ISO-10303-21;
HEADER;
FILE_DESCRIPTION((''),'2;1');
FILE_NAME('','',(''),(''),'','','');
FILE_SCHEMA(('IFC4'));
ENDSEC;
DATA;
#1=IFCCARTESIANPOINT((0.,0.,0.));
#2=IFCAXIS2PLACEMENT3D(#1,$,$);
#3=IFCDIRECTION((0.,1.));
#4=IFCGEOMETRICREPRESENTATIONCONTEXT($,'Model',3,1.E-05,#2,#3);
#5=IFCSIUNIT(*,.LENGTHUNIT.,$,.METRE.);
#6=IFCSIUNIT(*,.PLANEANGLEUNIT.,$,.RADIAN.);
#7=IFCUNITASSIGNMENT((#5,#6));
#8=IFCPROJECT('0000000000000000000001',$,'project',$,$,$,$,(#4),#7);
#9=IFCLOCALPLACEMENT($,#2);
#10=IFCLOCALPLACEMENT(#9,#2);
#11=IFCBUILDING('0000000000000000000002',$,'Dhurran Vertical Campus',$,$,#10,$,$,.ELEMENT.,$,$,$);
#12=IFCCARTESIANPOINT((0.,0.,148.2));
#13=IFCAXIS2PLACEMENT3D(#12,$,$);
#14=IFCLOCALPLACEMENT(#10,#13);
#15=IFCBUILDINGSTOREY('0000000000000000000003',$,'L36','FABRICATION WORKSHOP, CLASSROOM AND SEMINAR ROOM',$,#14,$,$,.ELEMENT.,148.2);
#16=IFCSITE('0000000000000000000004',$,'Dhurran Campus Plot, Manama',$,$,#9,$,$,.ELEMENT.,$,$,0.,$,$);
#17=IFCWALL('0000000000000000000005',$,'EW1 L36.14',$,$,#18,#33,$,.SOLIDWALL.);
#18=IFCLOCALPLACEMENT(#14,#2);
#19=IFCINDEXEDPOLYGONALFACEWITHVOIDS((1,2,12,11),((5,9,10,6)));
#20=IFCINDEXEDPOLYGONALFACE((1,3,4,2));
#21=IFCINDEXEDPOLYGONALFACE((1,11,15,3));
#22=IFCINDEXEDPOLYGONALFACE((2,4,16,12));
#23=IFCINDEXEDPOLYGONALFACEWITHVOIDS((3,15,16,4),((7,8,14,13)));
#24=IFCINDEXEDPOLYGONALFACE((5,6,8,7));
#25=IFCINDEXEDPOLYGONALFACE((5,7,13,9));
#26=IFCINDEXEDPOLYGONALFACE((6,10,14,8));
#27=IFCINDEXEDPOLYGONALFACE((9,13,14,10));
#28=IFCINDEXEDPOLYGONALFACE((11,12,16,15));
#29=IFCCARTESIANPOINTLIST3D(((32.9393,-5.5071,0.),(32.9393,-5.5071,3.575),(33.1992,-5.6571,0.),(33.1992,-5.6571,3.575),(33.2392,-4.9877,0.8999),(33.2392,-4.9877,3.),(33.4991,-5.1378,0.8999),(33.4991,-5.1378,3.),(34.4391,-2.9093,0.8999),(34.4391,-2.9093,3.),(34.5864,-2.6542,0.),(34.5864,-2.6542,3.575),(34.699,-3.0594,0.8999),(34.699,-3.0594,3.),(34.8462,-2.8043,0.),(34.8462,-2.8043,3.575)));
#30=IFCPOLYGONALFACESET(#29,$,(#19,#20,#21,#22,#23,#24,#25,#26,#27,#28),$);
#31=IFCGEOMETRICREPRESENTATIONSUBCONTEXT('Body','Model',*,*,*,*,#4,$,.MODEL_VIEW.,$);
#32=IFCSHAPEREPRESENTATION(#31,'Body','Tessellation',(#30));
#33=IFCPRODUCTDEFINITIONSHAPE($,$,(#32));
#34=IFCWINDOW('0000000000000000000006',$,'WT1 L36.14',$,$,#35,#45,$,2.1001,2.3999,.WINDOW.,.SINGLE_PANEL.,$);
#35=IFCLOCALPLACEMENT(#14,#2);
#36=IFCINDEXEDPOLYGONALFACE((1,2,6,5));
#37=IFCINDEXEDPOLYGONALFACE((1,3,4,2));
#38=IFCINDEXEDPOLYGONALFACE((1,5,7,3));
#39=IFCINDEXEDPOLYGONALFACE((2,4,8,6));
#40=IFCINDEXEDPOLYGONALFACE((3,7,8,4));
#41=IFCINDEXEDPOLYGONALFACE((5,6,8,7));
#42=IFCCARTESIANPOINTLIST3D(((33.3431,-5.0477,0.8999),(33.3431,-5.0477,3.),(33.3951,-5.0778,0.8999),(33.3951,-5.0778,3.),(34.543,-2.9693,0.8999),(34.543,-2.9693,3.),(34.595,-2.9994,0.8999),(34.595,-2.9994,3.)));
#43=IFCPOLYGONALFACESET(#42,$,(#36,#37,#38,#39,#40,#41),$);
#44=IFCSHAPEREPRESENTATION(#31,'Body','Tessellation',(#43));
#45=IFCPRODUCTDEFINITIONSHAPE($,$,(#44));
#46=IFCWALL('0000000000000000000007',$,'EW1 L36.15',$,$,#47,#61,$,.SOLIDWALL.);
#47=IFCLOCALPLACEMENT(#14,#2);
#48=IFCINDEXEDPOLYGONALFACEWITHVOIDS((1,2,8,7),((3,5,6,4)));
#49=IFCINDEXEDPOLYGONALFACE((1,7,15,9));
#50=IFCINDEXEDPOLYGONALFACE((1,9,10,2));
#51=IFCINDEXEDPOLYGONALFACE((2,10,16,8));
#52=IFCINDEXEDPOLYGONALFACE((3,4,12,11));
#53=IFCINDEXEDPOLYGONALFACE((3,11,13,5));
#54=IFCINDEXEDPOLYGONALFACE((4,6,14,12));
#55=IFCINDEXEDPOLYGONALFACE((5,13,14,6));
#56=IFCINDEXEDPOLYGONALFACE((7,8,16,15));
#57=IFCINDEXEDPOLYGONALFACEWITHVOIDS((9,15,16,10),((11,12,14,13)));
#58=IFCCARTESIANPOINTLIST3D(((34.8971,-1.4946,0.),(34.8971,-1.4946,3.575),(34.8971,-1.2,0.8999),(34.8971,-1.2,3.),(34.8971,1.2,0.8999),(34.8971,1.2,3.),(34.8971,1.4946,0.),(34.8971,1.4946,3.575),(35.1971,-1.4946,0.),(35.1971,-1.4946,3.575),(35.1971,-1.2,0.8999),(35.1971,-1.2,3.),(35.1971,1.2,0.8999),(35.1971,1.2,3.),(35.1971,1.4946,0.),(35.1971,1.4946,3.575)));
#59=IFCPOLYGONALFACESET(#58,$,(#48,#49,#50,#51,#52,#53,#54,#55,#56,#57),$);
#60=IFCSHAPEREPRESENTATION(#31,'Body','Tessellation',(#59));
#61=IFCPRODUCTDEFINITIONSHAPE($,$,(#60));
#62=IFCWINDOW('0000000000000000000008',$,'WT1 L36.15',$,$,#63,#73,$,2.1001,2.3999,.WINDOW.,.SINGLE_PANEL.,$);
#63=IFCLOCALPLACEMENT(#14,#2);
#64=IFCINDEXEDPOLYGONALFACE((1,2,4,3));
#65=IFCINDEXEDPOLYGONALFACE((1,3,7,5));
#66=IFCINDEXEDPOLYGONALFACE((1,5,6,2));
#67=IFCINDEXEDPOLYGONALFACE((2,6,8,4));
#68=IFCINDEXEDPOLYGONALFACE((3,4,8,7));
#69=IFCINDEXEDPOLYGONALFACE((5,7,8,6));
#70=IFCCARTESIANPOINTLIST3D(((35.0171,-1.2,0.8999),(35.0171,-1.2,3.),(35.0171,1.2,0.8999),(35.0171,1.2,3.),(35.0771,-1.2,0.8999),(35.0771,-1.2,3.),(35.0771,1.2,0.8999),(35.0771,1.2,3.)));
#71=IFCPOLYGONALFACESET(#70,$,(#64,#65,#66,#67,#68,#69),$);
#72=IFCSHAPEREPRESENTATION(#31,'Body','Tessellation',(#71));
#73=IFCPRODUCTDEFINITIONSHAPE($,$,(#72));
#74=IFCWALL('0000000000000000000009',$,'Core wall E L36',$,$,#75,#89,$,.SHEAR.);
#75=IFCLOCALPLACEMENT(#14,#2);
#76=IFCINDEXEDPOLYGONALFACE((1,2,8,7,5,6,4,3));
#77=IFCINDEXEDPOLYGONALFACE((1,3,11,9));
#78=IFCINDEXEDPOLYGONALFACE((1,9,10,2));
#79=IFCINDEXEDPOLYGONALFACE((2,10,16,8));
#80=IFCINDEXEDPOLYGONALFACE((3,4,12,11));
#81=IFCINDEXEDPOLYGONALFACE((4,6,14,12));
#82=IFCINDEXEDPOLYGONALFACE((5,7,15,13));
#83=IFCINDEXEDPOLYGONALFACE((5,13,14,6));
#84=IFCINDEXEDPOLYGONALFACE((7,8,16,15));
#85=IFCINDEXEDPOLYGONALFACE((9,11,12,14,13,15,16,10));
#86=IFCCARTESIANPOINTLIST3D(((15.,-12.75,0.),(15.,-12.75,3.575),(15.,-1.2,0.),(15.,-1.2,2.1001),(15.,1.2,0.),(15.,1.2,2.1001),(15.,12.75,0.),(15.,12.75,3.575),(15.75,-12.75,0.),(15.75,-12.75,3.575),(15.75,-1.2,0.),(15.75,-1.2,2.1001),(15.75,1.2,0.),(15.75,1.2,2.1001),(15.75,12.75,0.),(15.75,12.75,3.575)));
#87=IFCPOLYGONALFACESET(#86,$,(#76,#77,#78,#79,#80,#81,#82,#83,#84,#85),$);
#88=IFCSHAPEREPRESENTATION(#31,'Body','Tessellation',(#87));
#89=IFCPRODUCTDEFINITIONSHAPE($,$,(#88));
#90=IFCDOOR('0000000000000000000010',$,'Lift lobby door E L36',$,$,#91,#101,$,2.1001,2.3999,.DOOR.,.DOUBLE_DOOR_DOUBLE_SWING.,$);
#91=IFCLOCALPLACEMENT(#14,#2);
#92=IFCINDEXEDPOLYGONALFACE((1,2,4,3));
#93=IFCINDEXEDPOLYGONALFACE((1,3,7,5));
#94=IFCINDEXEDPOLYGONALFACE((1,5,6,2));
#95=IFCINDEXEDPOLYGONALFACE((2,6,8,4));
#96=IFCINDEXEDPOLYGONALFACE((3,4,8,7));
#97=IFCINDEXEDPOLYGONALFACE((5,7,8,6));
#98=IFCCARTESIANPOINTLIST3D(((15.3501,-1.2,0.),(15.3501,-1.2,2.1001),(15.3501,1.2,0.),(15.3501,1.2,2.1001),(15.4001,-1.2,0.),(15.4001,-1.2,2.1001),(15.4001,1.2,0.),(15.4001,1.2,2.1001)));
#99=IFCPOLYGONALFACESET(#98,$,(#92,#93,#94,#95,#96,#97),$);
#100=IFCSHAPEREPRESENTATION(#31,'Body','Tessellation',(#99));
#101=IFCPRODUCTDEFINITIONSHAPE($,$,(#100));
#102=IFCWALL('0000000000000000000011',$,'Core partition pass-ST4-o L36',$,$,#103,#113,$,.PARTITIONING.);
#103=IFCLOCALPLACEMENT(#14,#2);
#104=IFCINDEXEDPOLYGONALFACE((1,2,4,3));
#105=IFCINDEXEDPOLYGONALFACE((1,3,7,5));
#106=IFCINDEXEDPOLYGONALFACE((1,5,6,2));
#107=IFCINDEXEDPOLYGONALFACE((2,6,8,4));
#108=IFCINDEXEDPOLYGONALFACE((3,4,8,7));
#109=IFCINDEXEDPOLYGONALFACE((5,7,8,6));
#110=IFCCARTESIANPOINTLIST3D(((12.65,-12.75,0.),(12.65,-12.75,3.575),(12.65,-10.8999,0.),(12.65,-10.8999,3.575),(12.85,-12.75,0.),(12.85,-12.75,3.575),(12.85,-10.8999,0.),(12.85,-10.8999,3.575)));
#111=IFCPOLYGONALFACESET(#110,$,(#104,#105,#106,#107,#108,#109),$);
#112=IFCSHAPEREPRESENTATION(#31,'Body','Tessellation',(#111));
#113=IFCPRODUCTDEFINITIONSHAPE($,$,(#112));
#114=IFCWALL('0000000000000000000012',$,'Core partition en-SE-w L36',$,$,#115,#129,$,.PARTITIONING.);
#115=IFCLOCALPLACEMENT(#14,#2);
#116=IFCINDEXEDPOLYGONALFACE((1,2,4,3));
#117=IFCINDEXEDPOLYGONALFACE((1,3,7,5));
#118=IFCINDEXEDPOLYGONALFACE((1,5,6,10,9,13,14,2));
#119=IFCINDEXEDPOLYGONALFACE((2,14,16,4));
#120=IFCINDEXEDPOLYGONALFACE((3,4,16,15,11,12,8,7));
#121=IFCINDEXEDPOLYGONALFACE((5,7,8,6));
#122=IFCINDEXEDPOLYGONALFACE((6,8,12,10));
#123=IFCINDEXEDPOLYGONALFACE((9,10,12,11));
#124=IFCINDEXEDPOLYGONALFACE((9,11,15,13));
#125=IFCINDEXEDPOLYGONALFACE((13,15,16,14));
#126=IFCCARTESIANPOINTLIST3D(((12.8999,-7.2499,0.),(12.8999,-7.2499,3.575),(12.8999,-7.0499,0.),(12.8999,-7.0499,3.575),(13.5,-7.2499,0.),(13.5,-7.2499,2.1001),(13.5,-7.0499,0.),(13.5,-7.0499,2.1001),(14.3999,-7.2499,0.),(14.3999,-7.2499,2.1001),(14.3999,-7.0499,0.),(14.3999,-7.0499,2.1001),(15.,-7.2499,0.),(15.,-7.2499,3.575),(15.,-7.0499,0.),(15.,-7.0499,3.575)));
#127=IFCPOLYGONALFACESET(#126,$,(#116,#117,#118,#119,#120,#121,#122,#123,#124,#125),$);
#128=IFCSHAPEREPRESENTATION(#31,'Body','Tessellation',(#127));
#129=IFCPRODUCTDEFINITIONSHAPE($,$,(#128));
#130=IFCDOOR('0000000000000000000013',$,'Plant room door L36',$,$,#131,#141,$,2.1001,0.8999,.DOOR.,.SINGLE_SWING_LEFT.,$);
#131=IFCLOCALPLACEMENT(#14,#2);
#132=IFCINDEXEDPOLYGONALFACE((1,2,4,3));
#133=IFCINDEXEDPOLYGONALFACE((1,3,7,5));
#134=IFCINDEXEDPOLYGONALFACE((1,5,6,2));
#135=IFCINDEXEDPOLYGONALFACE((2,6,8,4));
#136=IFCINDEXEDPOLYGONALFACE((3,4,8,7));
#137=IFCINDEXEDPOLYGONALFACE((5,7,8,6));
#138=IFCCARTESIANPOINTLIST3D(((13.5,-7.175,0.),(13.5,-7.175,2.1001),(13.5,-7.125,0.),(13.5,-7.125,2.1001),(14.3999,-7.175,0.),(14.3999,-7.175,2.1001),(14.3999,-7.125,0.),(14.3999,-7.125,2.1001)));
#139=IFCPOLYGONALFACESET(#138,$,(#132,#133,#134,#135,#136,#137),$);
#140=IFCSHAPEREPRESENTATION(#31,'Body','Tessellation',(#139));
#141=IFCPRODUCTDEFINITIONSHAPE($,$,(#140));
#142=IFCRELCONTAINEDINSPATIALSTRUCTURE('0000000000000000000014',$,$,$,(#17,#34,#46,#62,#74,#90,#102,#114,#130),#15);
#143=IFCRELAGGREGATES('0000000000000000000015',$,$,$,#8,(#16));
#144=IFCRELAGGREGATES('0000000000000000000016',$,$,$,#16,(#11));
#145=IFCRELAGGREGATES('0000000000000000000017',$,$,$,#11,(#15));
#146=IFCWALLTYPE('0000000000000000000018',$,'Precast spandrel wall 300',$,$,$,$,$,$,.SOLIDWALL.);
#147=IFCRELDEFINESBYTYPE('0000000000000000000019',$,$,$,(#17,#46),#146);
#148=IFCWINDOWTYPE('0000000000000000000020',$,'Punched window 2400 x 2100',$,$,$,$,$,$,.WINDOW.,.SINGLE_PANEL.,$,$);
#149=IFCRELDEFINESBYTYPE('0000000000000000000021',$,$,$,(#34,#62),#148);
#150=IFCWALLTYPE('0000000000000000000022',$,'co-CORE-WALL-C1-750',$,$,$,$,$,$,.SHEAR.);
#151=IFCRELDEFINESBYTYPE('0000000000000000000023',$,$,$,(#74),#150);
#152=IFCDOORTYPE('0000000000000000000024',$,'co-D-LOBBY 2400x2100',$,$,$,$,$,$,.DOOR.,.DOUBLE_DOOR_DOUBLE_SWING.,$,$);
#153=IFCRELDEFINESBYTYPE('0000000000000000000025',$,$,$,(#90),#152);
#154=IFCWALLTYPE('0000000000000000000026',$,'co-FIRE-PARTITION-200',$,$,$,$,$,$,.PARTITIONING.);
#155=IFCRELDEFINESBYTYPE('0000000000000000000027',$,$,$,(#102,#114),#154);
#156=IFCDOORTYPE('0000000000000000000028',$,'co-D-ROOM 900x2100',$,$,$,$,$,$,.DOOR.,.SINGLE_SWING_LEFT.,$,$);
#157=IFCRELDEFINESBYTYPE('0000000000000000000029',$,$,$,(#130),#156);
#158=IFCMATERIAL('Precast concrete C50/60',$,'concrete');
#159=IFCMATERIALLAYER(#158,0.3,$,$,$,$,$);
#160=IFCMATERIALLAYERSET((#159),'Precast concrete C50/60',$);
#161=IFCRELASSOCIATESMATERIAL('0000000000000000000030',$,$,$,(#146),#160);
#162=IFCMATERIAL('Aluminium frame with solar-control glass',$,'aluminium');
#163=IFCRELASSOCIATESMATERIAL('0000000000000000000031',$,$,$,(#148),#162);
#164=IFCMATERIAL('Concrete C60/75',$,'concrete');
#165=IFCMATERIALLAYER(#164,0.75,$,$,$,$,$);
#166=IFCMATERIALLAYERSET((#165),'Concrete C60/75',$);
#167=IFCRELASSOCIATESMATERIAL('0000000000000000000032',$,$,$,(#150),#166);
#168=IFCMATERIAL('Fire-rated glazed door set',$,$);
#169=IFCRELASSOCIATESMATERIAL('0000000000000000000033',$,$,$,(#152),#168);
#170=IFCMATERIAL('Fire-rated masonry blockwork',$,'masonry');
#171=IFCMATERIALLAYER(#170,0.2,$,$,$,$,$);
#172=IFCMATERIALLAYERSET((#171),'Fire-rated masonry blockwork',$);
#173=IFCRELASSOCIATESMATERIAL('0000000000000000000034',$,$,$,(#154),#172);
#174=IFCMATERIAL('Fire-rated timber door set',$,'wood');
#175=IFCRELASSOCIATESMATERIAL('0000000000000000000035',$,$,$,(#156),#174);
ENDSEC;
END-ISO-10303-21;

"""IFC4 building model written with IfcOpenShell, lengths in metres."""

from ifc_helpers import new_model, si_unit, direction, frame, frame_2d, origin, place, context, subcontext, project, spatial, rectangle, extrude, material, layer, layer_set, type_object, element, fill, save


model = new_model("IFC4")

# Units and contexts
model_context = context("Model", 3, precision=1e-05, world=origin(), true_north=direction((0.0, 1.0)))
body_context = subcontext(model_context, "Body", "Model", "MODEL_VIEW")
ifc_project = project(units=[si_unit("LENGTHUNIT", "METRE"), si_unit("PLANEANGLEUNIT", "RADIAN")], contexts=[model_context])

# Site, building, storey
site_placement = place(None, origin())
site = spatial("IfcSite", under=ifc_project, at=site_placement, Name="Dhurran Campus Plot, Manama", CompositionType="ELEMENT", RefElevation=0.0)
building_placement = place(site_placement, origin())
building = spatial("IfcBuilding", under=site, at=building_placement, Name="Dhurran Vertical Campus", CompositionType="ELEMENT")
storey_placement = place(building_placement, frame((0.0, 0.0, 148.2)))
storey = spatial("IfcBuildingStorey", under=building, at=storey_placement, Name="L36", Description="FABRICATION WORKSHOP, CLASSROOM AND SEMINAR ROOM", CompositionType="ELEMENT", Elevation=148.2)

# Walls, openings, windows
ifc_material_1 = material(Name="Precast concrete C50/60", Category="concrete")
ifc_layer_1 = layer(ifc_material_1, 0.3)
ifc_layer_set_1 = layer_set([ifc_layer_1], Name="Precast concrete C50/60")
wall_type_1 = type_object("IfcWallType", Name="Precast spandrel wall 300", PredefinedType="SOLIDWALL", material=ifc_layer_set_1)
ifc_material_2 = material(Name="Aluminium frame with solar-control glass", Category="aluminium")
window_type = type_object("IfcWindowType", Name="Punched window 2400 x 2100", PartitioningType="SINGLE_PANEL", PredefinedType="WINDOW", material=ifc_material_2)
wall_1_placement = place(storey_placement, frame((33.0693, -5.582, 0.0), z_axis=(0.0, 0.0, 1.0), x_axis=(0.499981, 0.866036, 0.0)))
wall_1 = element("IfcWall", 1, at=wall_1_placement, inside=storey, type_object=wall_type_1, Name="EW1 L36.14", PredefinedType="SOLIDWALL", context=body_context, shape_type="SweptSolid", body=[
    extrude(rectangle(XDim=3.2942, YDim=0.3, at=frame_2d((1.647, 0.0))), origin(), (0.0, 0.0, 1.0), 3.575),
])
opening_1_placement = place(wall_1_placement, frame((0.5996, 0.0, 0.8999)))
opening_1 = element("IfcOpeningElement", 2, at=opening_1_placement, cuts=wall_1, PredefinedType="OPENING", context=body_context, shape_type="SweptSolid", body=[
    extrude(rectangle(XDim=2.3999, YDim=2.1001, at=frame_2d((1.2, 1.05))), frame((0.0, 0.1599, 0.0), z_axis=(0.0, -1.0, 0.0), x_axis=(1.0, 0.0, 0.0)), (0.0, 0.0, 1.0), 0.3201),
])
window_1_placement = place(opening_1_placement, origin())
window_1 = element("IfcWindow", 3, at=window_1_placement, inside=storey, type_object=window_type, Name="WT1 L36.14", OverallHeight=2.1001, OverallWidth=2.3999, PartitioningType="SINGLE_PANEL", PredefinedType="WINDOW", context=body_context, shape_type="SweptSolid", body=[
    extrude(rectangle(XDim=2.3999, YDim=2.1001, at=frame_2d((1.2, 1.05))), frame((0.0, 0.03, 0.0), z_axis=(0.0, -1.0, 0.0), x_axis=(1.0, 0.0, 0.0)), (0.0, 0.0, 1.0), 0.0601),
])
fill(opening_1, window_1)
wall_2_placement = place(storey_placement, frame((35.0471, -1.4946, 0.0), z_axis=(0.0, 0.0, 1.0), x_axis=(0.0, 1.0, 0.0)))
wall_2 = element("IfcWall", 4, at=wall_2_placement, inside=storey, type_object=wall_type_1, Name="EW1 L36.15", PredefinedType="SOLIDWALL", context=body_context, shape_type="SweptSolid", body=[
    extrude(rectangle(XDim=2.9893, YDim=0.3, at=frame_2d((1.4946, 0.0))), origin(), (0.0, 0.0, 1.0), 3.575),
])
opening_2_placement = place(wall_2_placement, frame((0.2947, 0.0, 0.8999)))
opening_2 = element("IfcOpeningElement", 5, at=opening_2_placement, cuts=wall_2, PredefinedType="OPENING", context=body_context, shape_type="SweptSolid", body=[
    extrude(rectangle(XDim=2.3999, YDim=2.1001, at=frame_2d((1.2, 1.05))), frame((0.0, 0.1599, 0.0), z_axis=(0.0, -1.0, 0.0), x_axis=(1.0, 0.0, 0.0)), (0.0, 0.0, 1.0), 0.3201),
])
window_2_placement = place(opening_2_placement, origin())
window_2 = element("IfcWindow", 6, at=window_2_placement, inside=storey, type_object=window_type, Name="WT1 L36.15", OverallHeight=2.1001, OverallWidth=2.3999, PartitioningType="SINGLE_PANEL", PredefinedType="WINDOW", context=body_context, shape_type="SweptSolid", body=[
    extrude(rectangle(XDim=2.3999, YDim=2.1001, at=frame_2d((1.2, 1.05))), frame((0.0, 0.03, 0.0), z_axis=(0.0, -1.0, 0.0), x_axis=(1.0, 0.0, 0.0)), (0.0, 0.0, 1.0), 0.0601),
])
fill(opening_2, window_2)

# Wall, opening, door
ifc_material_3 = material(Name="Concrete C60/75", Category="concrete")
ifc_layer_2 = layer(ifc_material_3, 0.75)
ifc_layer_set_2 = layer_set([ifc_layer_2], Name="Concrete C60/75")
wall_type_2 = type_object("IfcWallType", Name="co-CORE-WALL-C1-750", PredefinedType="SHEAR", material=ifc_layer_set_2)
wall_3_placement = place(storey_placement, frame((15.375, -12.75, 0.0), z_axis=(0.0, 0.0, 1.0), x_axis=(0.0, 1.0, 0.0)))
wall_3 = element("IfcWall", 7, at=wall_3_placement, inside=storey, type_object=wall_type_2, Name="Core wall E L36", PredefinedType="SHEAR", context=body_context, shape_type="SweptSolid", body=[
    extrude(rectangle(XDim=25.5, YDim=0.75, at=frame_2d((12.75, 0.0))), origin(), (0.0, 0.0, 1.0), 3.575),
])
opening_3_placement = place(wall_3_placement, frame((11.55, 0.0, 0.0)))
opening_3 = element("IfcOpeningElement", 8, at=opening_3_placement, cuts=wall_3, PredefinedType="OPENING", context=body_context, shape_type="SweptSolid", body=[
    extrude(rectangle(XDim=2.3999, YDim=2.1001, at=frame_2d((1.2, 1.05))), frame((0.0, 0.385, 0.0), z_axis=(0.0, -1.0, 0.0), x_axis=(1.0, 0.0, 0.0)), (0.0, 0.0, 1.0), 0.77),
])
ifc_material_4 = material(Name="Fire-rated glazed door set")
door_type_1 = type_object("IfcDoorType", Name="co-D-LOBBY 2400x2100", OperationType="DOUBLE_DOOR_DOUBLE_SWING", PredefinedType="DOOR", material=ifc_material_4)
door_1_placement = place(opening_3_placement, origin())
door_1 = element("IfcDoor", 9, at=door_1_placement, inside=storey, type_object=door_type_1, Name="Lift lobby door E L36", OperationType="DOUBLE_DOOR_DOUBLE_SWING", OverallHeight=2.1001, OverallWidth=2.3999, PredefinedType="DOOR", context=body_context, shape_type="SweptSolid", body=[
    extrude(rectangle(XDim=2.3999, YDim=2.1001, at=frame_2d((1.2, 1.05))), frame((0.0, 0.0249, 0.0), z_axis=(0.0, -1.0, 0.0), x_axis=(1.0, 0.0, 0.0)), (0.0, 0.0, 1.0), 0.05),
])
fill(opening_3, door_1)

# Wall
ifc_material_5 = material(Name="Fire-rated masonry blockwork", Category="masonry")
ifc_layer_3 = layer(ifc_material_5, 0.2)
ifc_layer_set_3 = layer_set([ifc_layer_3], Name="Fire-rated masonry blockwork")
wall_type_3 = type_object("IfcWallType", Name="co-FIRE-PARTITION-200", PredefinedType="PARTITIONING", material=ifc_layer_set_3)
wall_4_placement = place(storey_placement, frame((12.75, -12.75, 0.0), z_axis=(0.0, 0.0, 1.0), x_axis=(0.0, 1.0, 0.0)))
element("IfcWall", 10, at=wall_4_placement, inside=storey, type_object=wall_type_3, Name="Core partition pass-ST4-o L36", PredefinedType="PARTITIONING", context=body_context, shape_type="SweptSolid", body=[
    extrude(rectangle(XDim=1.8501, YDim=0.2, at=frame_2d((0.925, 0.0))), origin(), (0.0, 0.0, 1.0), 3.575),
])

# Wall, opening, door
wall_5_placement = place(storey_placement, frame((12.8999, -7.1499, 0.0), z_axis=(0.0, 0.0, 1.0), x_axis=(1.0, 0.0, 0.0)))
wall_5 = element("IfcWall", 11, at=wall_5_placement, inside=storey, type_object=wall_type_3, Name="Core partition en-SE-w L36", PredefinedType="PARTITIONING", context=body_context, shape_type="SweptSolid", body=[
    extrude(rectangle(XDim=2.1001, YDim=0.2, at=frame_2d((1.05, 0.0))), origin(), (0.0, 0.0, 1.0), 3.575),
])
opening_4_placement = place(wall_5_placement, frame((0.6001, 0.0, 0.0)))
opening_4 = element("IfcOpeningElement", 12, at=opening_4_placement, cuts=wall_5, PredefinedType="OPENING", context=body_context, shape_type="SweptSolid", body=[
    extrude(rectangle(XDim=0.8999, YDim=2.1001, at=frame_2d((0.45, 1.05))), frame((0.0, 0.1099, 0.0), z_axis=(0.0, -1.0, 0.0), x_axis=(1.0, 0.0, 0.0)), (0.0, 0.0, 1.0), 0.22),
])
ifc_material_6 = material(Name="Fire-rated timber door set", Category="wood")
door_type_2 = type_object("IfcDoorType", Name="co-D-ROOM 900x2100", OperationType="SINGLE_SWING_LEFT", PredefinedType="DOOR", material=ifc_material_6)
door_2_placement = place(opening_4_placement, origin())
door_2 = element("IfcDoor", 13, at=door_2_placement, inside=storey, type_object=door_type_2, Name="Plant room door L36", OperationType="SINGLE_SWING_LEFT", OverallHeight=2.1001, OverallWidth=0.8999, PredefinedType="DOOR", context=body_context, shape_type="SweptSolid", body=[
    extrude(rectangle(XDim=0.8999, YDim=2.1001, at=frame_2d((0.45, 1.05))), frame((0.0, 0.0249, 0.0), z_axis=(0.0, -1.0, 0.0), x_axis=(1.0, 0.0, 0.0)), (0.0, 0.0, 1.0), 0.05),
])
fill(opening_4, door_2)

save(model, "model.ifc")
